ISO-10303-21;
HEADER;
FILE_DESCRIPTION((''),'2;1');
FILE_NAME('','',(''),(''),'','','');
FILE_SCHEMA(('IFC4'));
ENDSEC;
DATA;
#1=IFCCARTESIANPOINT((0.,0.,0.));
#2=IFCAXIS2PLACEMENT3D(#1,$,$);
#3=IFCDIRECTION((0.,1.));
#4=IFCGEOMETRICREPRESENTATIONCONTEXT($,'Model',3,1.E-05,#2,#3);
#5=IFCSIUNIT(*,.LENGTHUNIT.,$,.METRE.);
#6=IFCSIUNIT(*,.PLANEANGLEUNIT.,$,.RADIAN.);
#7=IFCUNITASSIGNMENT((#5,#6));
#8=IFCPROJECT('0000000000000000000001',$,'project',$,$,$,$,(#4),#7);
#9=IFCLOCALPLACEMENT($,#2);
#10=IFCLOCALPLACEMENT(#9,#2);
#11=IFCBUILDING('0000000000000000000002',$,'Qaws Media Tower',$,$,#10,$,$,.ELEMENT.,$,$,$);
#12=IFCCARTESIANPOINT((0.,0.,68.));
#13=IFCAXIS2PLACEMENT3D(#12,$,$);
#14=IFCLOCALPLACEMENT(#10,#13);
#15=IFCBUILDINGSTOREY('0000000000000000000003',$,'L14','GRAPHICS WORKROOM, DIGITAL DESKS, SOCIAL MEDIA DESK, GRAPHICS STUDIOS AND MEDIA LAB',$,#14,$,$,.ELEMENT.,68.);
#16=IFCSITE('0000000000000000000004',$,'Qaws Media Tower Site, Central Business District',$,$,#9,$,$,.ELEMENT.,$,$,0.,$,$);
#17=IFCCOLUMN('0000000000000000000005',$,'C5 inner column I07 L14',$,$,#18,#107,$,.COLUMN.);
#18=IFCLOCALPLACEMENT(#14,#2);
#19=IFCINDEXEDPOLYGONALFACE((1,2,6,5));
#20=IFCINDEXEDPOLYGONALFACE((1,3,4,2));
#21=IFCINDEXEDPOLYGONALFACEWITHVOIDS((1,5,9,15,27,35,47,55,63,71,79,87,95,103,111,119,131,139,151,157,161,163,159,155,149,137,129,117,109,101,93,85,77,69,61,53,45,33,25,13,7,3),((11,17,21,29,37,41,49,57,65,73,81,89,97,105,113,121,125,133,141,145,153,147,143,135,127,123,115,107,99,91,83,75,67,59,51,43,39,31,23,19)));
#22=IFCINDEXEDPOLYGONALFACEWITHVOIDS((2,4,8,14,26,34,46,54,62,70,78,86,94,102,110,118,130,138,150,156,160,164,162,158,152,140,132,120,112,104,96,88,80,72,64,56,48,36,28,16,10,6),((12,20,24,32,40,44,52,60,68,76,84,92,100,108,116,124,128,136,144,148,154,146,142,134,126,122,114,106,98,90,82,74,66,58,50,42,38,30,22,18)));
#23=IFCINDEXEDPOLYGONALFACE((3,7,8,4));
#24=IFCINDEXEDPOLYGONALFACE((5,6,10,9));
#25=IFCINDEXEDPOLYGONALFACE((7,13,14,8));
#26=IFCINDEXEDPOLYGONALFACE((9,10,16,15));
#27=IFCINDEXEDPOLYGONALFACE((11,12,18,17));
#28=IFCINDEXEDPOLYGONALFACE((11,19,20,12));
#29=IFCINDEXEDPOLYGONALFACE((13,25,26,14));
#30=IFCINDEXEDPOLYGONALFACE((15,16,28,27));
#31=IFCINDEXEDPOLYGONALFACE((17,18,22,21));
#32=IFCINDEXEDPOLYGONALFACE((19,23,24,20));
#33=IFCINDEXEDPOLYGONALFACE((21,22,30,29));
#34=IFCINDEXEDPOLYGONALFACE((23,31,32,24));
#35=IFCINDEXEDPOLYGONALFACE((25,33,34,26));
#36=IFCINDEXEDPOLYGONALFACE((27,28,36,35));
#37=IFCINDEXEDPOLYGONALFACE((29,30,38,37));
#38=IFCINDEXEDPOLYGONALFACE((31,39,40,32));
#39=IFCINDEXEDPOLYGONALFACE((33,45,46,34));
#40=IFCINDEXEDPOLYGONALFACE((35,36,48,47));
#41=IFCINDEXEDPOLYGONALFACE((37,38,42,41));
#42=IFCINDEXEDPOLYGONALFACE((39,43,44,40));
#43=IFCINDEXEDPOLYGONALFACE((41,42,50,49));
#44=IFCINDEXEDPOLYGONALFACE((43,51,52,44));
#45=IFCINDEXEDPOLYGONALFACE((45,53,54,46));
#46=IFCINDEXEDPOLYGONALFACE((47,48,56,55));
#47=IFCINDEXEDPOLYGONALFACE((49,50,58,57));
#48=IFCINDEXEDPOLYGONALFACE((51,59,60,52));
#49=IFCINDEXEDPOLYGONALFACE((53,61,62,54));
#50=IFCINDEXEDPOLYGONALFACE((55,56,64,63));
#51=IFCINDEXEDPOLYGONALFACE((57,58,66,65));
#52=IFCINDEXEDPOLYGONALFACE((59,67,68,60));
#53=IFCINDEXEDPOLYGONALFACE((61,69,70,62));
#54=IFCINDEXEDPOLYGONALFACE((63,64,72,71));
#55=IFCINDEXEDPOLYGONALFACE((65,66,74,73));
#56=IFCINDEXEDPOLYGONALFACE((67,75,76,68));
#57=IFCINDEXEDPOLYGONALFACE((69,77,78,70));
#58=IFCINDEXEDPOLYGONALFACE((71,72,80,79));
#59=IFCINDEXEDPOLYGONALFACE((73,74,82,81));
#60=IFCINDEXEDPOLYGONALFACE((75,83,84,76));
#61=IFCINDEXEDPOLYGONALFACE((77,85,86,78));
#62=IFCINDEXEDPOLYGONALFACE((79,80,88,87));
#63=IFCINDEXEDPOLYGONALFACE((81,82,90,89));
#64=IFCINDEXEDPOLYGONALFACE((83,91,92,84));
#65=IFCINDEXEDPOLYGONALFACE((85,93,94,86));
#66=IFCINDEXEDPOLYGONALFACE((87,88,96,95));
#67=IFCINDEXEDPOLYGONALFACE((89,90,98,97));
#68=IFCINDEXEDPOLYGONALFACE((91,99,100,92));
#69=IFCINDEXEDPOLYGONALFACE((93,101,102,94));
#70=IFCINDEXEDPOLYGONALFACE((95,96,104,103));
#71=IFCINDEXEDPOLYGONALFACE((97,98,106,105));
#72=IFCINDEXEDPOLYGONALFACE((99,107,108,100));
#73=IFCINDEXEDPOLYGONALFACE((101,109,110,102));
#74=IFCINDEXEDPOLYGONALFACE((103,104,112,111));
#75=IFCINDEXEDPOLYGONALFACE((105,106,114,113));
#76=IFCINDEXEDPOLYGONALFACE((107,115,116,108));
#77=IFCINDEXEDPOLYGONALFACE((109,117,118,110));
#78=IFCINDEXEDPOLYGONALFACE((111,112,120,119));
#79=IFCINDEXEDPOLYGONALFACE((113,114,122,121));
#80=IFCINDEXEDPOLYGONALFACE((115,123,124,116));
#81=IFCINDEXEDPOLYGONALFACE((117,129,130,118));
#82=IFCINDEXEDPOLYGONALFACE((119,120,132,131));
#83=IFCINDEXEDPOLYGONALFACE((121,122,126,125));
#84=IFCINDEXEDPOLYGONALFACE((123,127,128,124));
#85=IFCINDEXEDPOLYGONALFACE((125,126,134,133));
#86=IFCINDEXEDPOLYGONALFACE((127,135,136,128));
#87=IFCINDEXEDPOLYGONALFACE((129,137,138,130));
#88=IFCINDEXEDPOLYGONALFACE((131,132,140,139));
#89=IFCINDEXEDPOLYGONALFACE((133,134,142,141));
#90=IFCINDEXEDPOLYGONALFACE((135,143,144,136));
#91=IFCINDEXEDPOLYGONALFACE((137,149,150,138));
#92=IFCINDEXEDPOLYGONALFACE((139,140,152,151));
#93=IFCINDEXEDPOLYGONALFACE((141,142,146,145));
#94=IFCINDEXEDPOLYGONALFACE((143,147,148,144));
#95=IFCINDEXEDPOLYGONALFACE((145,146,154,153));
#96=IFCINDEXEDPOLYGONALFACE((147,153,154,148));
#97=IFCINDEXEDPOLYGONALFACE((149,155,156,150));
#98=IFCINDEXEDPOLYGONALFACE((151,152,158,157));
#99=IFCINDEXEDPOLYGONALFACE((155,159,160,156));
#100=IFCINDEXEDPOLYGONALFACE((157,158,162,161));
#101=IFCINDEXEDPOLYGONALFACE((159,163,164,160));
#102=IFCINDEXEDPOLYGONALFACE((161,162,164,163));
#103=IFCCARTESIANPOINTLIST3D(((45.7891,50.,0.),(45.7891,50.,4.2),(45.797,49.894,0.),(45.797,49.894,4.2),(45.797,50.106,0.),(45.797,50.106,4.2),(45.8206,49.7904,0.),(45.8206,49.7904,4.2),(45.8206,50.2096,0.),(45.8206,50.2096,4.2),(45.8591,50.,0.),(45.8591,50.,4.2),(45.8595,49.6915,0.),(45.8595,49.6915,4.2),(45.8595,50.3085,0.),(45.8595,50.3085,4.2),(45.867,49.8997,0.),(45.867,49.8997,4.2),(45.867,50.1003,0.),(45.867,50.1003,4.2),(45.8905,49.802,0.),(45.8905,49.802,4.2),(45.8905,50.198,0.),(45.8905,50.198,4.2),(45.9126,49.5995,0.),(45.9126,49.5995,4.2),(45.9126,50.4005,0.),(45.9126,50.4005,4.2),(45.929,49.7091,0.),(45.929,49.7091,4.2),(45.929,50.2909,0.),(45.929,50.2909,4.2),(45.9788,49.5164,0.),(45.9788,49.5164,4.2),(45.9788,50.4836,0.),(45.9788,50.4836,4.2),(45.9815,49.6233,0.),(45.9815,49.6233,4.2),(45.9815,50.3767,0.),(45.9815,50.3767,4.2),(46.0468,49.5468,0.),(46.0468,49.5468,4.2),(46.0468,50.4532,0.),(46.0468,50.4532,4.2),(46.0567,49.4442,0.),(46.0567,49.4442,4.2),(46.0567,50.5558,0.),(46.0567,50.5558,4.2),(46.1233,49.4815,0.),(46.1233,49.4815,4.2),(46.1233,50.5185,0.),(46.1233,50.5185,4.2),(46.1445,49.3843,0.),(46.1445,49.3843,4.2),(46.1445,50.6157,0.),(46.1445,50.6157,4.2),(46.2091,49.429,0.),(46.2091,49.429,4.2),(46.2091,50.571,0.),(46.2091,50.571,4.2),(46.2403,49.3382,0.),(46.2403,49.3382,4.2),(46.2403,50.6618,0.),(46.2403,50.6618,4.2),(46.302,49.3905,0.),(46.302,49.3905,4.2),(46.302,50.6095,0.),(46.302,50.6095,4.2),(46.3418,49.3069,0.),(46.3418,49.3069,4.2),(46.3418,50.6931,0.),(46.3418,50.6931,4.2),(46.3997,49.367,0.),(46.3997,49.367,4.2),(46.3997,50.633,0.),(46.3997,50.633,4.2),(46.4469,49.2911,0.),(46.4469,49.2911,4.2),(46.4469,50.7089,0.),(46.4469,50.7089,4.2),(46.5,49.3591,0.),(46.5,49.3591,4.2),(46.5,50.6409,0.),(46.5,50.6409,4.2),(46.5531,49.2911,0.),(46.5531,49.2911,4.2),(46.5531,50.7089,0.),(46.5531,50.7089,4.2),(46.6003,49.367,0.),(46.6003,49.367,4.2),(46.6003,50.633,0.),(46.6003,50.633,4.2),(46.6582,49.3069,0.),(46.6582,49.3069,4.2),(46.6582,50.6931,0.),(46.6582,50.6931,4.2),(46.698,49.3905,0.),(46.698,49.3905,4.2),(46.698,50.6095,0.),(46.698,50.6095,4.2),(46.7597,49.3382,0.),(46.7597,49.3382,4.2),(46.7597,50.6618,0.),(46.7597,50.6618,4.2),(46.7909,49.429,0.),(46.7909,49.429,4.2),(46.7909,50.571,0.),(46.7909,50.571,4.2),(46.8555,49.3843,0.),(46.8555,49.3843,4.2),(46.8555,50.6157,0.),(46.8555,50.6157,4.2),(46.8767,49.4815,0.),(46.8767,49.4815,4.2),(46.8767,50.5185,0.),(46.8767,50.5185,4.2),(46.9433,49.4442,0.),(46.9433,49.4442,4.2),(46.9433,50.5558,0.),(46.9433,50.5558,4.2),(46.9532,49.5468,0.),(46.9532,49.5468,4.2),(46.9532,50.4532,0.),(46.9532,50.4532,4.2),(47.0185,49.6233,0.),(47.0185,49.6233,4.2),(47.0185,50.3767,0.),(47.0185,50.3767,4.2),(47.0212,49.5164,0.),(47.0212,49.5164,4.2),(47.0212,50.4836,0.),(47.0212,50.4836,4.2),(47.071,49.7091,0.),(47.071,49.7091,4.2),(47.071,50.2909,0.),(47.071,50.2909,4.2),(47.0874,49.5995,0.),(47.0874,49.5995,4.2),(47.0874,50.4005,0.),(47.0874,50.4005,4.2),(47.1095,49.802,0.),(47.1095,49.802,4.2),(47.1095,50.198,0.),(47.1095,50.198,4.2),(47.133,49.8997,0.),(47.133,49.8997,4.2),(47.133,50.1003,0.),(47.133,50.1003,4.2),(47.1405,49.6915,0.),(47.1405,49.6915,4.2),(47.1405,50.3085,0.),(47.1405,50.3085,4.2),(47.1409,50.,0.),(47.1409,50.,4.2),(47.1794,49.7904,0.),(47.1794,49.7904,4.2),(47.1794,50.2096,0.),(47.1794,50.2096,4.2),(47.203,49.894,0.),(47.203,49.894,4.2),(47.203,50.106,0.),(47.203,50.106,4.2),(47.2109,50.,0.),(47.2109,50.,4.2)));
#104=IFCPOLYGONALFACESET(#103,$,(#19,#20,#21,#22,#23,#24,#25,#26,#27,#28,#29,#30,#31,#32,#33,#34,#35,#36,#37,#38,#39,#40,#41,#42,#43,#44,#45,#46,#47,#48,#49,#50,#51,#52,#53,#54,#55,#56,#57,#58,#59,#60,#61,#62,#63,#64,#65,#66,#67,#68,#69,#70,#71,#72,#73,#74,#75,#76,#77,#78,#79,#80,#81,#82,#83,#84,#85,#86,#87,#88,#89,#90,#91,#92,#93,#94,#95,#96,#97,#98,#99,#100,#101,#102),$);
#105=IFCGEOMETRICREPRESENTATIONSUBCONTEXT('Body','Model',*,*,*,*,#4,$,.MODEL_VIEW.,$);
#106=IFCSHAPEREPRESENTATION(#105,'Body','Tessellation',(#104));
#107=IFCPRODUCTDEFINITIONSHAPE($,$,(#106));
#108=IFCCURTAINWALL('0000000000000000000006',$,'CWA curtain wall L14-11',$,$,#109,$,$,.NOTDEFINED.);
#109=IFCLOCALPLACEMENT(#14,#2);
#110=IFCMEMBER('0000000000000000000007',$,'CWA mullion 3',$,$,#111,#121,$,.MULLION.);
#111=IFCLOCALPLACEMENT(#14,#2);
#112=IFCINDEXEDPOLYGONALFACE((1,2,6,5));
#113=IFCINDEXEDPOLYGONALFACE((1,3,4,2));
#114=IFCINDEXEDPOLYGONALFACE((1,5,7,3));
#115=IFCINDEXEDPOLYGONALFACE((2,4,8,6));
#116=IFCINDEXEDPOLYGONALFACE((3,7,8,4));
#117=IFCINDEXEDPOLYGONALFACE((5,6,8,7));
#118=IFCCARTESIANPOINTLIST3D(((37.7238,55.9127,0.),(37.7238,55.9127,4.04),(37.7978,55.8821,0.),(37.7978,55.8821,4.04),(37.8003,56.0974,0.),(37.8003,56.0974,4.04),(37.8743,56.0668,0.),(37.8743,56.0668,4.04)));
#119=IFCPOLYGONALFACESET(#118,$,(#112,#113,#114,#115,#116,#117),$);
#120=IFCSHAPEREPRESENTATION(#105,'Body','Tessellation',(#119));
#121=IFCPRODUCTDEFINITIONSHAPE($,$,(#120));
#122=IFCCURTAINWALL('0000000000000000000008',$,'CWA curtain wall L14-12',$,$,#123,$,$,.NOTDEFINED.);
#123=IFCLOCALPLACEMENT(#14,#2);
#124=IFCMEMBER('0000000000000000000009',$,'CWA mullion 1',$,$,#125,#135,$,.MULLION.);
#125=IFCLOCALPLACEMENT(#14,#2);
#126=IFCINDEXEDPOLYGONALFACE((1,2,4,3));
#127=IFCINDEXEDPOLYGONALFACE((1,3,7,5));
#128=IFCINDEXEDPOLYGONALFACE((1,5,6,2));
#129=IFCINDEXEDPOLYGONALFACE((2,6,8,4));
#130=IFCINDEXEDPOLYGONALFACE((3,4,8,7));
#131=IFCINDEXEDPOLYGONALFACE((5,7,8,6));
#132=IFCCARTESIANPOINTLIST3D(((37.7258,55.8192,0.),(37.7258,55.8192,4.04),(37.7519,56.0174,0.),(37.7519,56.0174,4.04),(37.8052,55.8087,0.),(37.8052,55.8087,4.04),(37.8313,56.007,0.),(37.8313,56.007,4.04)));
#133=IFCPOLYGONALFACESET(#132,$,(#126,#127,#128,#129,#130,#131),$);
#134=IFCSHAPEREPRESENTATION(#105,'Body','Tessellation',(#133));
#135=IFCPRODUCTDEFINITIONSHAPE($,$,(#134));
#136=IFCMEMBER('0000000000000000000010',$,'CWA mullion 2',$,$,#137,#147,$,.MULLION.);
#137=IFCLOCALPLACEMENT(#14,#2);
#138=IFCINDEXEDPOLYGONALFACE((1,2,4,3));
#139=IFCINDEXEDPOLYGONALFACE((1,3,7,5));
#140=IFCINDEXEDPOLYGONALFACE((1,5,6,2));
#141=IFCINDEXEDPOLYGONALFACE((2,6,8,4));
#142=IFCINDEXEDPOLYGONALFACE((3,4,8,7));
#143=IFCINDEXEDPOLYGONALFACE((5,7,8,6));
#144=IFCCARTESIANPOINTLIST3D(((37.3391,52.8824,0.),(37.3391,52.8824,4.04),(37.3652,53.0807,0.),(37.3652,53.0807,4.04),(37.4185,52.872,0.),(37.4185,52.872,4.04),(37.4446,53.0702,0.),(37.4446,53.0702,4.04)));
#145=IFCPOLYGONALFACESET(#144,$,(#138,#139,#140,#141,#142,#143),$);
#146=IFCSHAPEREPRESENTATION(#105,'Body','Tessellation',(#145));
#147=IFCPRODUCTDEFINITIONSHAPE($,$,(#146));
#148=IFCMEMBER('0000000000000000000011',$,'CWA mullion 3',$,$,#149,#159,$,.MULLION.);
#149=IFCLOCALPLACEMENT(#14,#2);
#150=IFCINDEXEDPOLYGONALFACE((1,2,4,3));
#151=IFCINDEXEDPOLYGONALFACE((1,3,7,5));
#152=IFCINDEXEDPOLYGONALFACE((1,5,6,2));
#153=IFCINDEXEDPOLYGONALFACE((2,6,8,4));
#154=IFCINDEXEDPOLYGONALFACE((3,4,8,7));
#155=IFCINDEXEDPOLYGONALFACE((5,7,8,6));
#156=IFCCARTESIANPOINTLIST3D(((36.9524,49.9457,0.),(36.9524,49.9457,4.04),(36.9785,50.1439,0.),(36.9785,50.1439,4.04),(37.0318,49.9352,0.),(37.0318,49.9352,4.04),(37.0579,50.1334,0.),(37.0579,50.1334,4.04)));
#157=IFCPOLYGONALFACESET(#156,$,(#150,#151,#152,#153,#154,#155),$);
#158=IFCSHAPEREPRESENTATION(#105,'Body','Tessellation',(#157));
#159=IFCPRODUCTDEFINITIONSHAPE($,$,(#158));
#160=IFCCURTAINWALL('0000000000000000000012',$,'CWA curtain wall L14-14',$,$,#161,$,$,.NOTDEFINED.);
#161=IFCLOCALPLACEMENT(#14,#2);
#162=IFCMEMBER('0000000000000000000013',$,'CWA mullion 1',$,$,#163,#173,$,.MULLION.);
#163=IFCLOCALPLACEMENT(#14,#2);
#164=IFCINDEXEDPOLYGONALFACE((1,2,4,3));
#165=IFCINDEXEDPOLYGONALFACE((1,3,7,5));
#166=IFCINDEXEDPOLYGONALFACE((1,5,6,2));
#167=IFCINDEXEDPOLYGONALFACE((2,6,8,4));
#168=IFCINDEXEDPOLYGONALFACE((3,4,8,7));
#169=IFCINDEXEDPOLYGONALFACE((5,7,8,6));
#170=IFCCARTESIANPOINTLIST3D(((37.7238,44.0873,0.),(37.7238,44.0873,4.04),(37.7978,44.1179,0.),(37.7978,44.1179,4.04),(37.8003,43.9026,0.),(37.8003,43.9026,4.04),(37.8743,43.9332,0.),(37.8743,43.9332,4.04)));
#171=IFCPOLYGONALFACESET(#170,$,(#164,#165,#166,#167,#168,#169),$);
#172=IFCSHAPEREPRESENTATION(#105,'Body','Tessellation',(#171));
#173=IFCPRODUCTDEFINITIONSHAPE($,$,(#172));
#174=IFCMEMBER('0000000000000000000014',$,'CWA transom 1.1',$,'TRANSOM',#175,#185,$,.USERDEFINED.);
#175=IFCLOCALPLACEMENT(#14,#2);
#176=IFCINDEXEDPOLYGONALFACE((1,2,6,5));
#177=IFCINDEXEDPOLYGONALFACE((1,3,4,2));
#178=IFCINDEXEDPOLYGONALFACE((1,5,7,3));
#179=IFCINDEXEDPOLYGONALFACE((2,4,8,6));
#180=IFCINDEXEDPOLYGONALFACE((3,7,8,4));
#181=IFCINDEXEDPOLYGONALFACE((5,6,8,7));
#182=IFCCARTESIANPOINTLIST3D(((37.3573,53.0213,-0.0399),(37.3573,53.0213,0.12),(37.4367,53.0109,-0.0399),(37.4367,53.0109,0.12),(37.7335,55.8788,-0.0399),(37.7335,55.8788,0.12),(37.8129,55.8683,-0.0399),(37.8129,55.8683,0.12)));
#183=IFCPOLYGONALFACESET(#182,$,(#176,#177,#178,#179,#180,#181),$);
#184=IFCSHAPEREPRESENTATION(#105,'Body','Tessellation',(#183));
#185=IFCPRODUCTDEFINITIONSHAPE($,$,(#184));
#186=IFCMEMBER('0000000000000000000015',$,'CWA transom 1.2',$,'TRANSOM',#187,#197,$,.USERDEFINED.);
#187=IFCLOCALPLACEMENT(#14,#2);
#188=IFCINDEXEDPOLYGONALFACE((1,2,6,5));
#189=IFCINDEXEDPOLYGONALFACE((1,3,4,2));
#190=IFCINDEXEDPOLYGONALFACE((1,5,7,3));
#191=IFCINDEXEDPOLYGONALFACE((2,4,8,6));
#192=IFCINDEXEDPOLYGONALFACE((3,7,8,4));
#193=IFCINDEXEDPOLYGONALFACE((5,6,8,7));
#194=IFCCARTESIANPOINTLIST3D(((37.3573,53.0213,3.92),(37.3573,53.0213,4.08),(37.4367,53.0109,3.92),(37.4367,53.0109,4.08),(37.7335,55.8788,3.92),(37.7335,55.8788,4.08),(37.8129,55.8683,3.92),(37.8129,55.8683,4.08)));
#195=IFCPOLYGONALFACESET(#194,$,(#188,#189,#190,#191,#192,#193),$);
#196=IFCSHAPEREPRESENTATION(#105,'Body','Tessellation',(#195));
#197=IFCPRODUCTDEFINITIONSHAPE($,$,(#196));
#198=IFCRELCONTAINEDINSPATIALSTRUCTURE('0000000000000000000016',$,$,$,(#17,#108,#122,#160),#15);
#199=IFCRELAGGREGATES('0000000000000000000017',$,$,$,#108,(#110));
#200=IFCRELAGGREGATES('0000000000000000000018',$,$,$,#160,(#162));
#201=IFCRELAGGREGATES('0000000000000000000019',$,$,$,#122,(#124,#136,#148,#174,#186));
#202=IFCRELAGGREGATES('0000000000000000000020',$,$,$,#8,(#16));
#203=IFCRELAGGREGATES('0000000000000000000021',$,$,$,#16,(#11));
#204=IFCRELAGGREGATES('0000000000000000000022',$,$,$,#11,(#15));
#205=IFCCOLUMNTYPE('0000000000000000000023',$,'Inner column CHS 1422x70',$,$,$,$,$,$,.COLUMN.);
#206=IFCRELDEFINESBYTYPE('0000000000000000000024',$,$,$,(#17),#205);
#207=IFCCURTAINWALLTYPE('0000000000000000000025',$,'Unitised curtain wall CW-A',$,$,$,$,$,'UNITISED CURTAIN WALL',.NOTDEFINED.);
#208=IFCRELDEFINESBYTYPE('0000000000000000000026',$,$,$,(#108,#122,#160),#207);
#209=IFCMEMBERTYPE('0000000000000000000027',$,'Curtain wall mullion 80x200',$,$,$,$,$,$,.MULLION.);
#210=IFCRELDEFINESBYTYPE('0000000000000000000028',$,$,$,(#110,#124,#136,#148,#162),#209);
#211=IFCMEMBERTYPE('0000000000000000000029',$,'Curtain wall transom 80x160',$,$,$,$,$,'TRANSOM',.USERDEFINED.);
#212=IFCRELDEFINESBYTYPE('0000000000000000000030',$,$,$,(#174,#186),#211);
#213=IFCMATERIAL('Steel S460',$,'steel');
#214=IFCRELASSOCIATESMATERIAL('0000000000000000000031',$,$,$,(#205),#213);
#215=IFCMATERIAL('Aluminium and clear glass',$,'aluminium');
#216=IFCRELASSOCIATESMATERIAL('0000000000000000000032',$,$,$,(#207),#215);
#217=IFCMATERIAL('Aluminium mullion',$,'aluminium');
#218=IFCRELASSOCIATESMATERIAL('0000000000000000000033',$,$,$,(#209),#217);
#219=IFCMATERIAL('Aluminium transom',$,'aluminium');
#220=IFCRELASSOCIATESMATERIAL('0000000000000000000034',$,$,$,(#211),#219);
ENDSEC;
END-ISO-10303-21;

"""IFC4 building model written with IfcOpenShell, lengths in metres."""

from ifc_helpers import new_model, si_unit, direction, frame, origin, origin_2d, place, context, subcontext, project, spatial, rectangle, hollow_circle, extrude, material, material_profile, profile_set, type_object, element, aggregate, save


model = new_model("IFC4")

# Units and contexts
model_context = context("Model", 3, precision=1e-05, world=origin(), true_north=direction((0.0, 1.0)))
body_context = subcontext(model_context, "Body", "Model", "MODEL_VIEW")
ifc_project = project(units=[si_unit("LENGTHUNIT", "METRE"), si_unit("PLANEANGLEUNIT", "RADIAN")], contexts=[model_context])

# Site, building, storey
site_placement = place(None, origin())
site = spatial("IfcSite", under=ifc_project, at=site_placement, Name="Qaws Media Tower Site, Central Business District", CompositionType="ELEMENT", RefElevation=0.0)
building_placement = place(site_placement, origin())
building = spatial("IfcBuilding", under=site, at=building_placement, Name="Qaws Media Tower", CompositionType="ELEMENT")
storey_placement = place(building_placement, frame((0.0, 0.0, 68.0)))
storey = spatial("IfcBuildingStorey", under=building, at=storey_placement, Name="L14", Description="GRAPHICS WORKROOM, DIGITAL DESKS, SOCIAL MEDIA DESK, GRAPHICS STUDIOS AND MEDIA LAB", CompositionType="ELEMENT", Elevation=68.0)

# Column
ifc_material_1 = material(Name="Steel S460", Category="steel")
ifc_material_profile_1 = material_profile(ifc_material_1, hollow_circle(Radius=0.7109, WallThickness=0.0701, at=origin_2d()), Name="CHS 1422x70")
ifc_profile_set_1 = profile_set([ifc_material_profile_1], Name="Steel S460")
column_type = type_object("IfcColumnType", Name="Inner column CHS 1422x70", PredefinedType="COLUMN", material=ifc_profile_set_1)
column_placement = place(storey_placement, frame((46.5, 50.0, 0.0), z_axis=(0.0, 0.0, 1.0), x_axis=(1.0, 0.0, 0.0)))
element("IfcColumn", 1, at=column_placement, inside=storey, type_object=column_type, Name="C5 inner column I07 L14", PredefinedType="COLUMN", context=body_context, shape_type="SweptSolid", body=[
    extrude(hollow_circle(Radius=0.7109, WallThickness=0.0701, at=origin_2d()), origin(), (0.0, 0.0, 1.0), 4.2),
])

# Curtain wall, member
ifc_material_2 = material(Name="Aluminium and clear glass", Category="aluminium")
curtain_wall_type = type_object("IfcCurtainWallType", Name="Unitised curtain wall CW-A", ElementType="UNITISED CURTAIN WALL", PredefinedType="NOTDEFINED", material=ifc_material_2)
curtain_wall_1_placement = place(storey_placement, origin())
curtain_wall_1 = element("IfcCurtainWall", 2, at=curtain_wall_1_placement, inside=storey, type_object=curtain_wall_type, Name="CWA curtain wall L14-11", PredefinedType="NOTDEFINED")
ifc_material_3 = material(Name="Aluminium mullion", Category="aluminium")
ifc_material_profile_2 = material_profile(ifc_material_3, rectangle(XDim=0.0801, YDim=0.2, at=origin_2d()), Name="80x200")
ifc_profile_set_2 = profile_set([ifc_material_profile_2], Name="Aluminium mullion")
member_type_1 = type_object("IfcMemberType", Name="Curtain wall mullion 80x200", PredefinedType="MULLION", material=ifc_profile_set_2)
member_1_placement = place(storey_placement, frame((37.7991, 55.9897, 0.0), z_axis=(0.0, 0.0, 1.0), x_axis=(0.92388, -0.382683, 0.0)))
member_1 = element("IfcMember", 3, at=member_1_placement, type_object=member_type_1, Name="CWA mullion 3", PredefinedType="MULLION", context=body_context, shape_type="SweptSolid", body=[
    extrude(rectangle(XDim=0.0801, YDim=0.2, at=origin_2d()), origin(), (0.0, 0.0, 1.0), 4.04),
])
aggregate(curtain_wall_1, [member_1])

# Curtain wall, members
curtain_wall_2_placement = place(storey_placement, origin())
curtain_wall_2 = element("IfcCurtainWall", 4, at=curtain_wall_2_placement, inside=storey, type_object=curtain_wall_type, Name="CWA curtain wall L14-12", PredefinedType="NOTDEFINED")
member_2_placement = place(storey_placement, frame((37.7786, 55.9131, 0.0), z_axis=(0.0, 0.0, 1.0), x_axis=(0.991445, -0.130526, 0.0)))
member_2 = element("IfcMember", 5, at=member_2_placement, type_object=member_type_1, Name="CWA mullion 1", PredefinedType="MULLION", context=body_context, shape_type="SweptSolid", body=[
    extrude(rectangle(XDim=0.0801, YDim=0.2, at=origin_2d()), origin(), (0.0, 0.0, 1.0), 4.04),
])
member_3_placement = place(storey_placement, frame((37.3918, 52.9763, 0.0), z_axis=(0.0, 0.0, 1.0), x_axis=(0.991445, -0.130526, 0.0)))
member_3 = element("IfcMember", 6, at=member_3_placement, type_object=member_type_1, Name="CWA mullion 2", PredefinedType="MULLION", context=body_context, shape_type="SweptSolid", body=[
    extrude(rectangle(XDim=0.0801, YDim=0.2, at=origin_2d()), origin(), (0.0, 0.0, 1.0), 4.04),
])
member_4_placement = place(storey_placement, frame((37.0051, 50.0396, 0.0), z_axis=(0.0, 0.0, 1.0), x_axis=(0.991445, -0.130526, 0.0)))
member_4 = element("IfcMember", 7, at=member_4_placement, type_object=member_type_1, Name="CWA mullion 3", PredefinedType="MULLION", context=body_context, shape_type="SweptSolid", body=[
    extrude(rectangle(XDim=0.0801, YDim=0.2, at=origin_2d()), origin(), (0.0, 0.0, 1.0), 4.04),
])

# Curtain wall, member
curtain_wall_3_placement = place(storey_placement, origin())
curtain_wall_3 = element("IfcCurtainWall", 8, at=curtain_wall_3_placement, inside=storey, type_object=curtain_wall_type, Name="CWA curtain wall L14-14", PredefinedType="NOTDEFINED")
member_5_placement = place(storey_placement, frame((37.7991, 44.0103, 0.0), z_axis=(0.0, 0.0, 1.0), x_axis=(0.92388, 0.382683, 0.0)))
member_5 = element("IfcMember", 9, at=member_5_placement, type_object=member_type_1, Name="CWA mullion 1", PredefinedType="MULLION", context=body_context, shape_type="SweptSolid", body=[
    extrude(rectangle(XDim=0.0801, YDim=0.2, at=origin_2d()), origin(), (0.0, 0.0, 1.0), 4.04),
])

# Members
ifc_material_4 = material(Name="Aluminium transom", Category="aluminium")
ifc_material_profile_3 = material_profile(ifc_material_4, rectangle(XDim=0.0801, YDim=0.1599, at=origin_2d()), Name="80x160")
ifc_profile_set_3 = profile_set([ifc_material_profile_3], Name="Aluminium transom")
member_type_2 = type_object("IfcMemberType", Name="Curtain wall transom 80x160", ElementType="TRANSOM", PredefinedType="USERDEFINED", material=ifc_profile_set_3)
member_6_placement = place(storey_placement, frame((37.7732, 55.8735, 0.04), z_axis=(-0.130538, -0.991443, 0.0), x_axis=(0.991443, -0.130538, 0.0)))
member_6 = element("IfcMember", 10, at=member_6_placement, type_object=member_type_2, Name="CWA transom 1.1", ObjectType="TRANSOM", PredefinedType="USERDEFINED", context=body_context, shape_type="SweptSolid", body=[
    extrude(rectangle(XDim=0.0801, YDim=0.1599, at=origin_2d()), origin(), (0.0, 0.0, 1.0), 2.8821),
])
member_7_placement = place(storey_placement, frame((37.7732, 55.8735, 4.0), z_axis=(-0.130538, -0.991443, 0.0), x_axis=(0.991443, -0.130538, 0.0)))
member_7 = element("IfcMember", 11, at=member_7_placement, type_object=member_type_2, Name="CWA transom 1.2", ObjectType="TRANSOM", PredefinedType="USERDEFINED", context=body_context, shape_type="SweptSolid", body=[
    extrude(rectangle(XDim=0.0801, YDim=0.1599, at=origin_2d()), origin(), (0.0, 0.0, 1.0), 2.8821),
])
aggregate(curtain_wall_3, [member_5])

aggregate(curtain_wall_2, [member_2, member_3, member_4, member_6, member_7])

save(model, "model.ifc")
